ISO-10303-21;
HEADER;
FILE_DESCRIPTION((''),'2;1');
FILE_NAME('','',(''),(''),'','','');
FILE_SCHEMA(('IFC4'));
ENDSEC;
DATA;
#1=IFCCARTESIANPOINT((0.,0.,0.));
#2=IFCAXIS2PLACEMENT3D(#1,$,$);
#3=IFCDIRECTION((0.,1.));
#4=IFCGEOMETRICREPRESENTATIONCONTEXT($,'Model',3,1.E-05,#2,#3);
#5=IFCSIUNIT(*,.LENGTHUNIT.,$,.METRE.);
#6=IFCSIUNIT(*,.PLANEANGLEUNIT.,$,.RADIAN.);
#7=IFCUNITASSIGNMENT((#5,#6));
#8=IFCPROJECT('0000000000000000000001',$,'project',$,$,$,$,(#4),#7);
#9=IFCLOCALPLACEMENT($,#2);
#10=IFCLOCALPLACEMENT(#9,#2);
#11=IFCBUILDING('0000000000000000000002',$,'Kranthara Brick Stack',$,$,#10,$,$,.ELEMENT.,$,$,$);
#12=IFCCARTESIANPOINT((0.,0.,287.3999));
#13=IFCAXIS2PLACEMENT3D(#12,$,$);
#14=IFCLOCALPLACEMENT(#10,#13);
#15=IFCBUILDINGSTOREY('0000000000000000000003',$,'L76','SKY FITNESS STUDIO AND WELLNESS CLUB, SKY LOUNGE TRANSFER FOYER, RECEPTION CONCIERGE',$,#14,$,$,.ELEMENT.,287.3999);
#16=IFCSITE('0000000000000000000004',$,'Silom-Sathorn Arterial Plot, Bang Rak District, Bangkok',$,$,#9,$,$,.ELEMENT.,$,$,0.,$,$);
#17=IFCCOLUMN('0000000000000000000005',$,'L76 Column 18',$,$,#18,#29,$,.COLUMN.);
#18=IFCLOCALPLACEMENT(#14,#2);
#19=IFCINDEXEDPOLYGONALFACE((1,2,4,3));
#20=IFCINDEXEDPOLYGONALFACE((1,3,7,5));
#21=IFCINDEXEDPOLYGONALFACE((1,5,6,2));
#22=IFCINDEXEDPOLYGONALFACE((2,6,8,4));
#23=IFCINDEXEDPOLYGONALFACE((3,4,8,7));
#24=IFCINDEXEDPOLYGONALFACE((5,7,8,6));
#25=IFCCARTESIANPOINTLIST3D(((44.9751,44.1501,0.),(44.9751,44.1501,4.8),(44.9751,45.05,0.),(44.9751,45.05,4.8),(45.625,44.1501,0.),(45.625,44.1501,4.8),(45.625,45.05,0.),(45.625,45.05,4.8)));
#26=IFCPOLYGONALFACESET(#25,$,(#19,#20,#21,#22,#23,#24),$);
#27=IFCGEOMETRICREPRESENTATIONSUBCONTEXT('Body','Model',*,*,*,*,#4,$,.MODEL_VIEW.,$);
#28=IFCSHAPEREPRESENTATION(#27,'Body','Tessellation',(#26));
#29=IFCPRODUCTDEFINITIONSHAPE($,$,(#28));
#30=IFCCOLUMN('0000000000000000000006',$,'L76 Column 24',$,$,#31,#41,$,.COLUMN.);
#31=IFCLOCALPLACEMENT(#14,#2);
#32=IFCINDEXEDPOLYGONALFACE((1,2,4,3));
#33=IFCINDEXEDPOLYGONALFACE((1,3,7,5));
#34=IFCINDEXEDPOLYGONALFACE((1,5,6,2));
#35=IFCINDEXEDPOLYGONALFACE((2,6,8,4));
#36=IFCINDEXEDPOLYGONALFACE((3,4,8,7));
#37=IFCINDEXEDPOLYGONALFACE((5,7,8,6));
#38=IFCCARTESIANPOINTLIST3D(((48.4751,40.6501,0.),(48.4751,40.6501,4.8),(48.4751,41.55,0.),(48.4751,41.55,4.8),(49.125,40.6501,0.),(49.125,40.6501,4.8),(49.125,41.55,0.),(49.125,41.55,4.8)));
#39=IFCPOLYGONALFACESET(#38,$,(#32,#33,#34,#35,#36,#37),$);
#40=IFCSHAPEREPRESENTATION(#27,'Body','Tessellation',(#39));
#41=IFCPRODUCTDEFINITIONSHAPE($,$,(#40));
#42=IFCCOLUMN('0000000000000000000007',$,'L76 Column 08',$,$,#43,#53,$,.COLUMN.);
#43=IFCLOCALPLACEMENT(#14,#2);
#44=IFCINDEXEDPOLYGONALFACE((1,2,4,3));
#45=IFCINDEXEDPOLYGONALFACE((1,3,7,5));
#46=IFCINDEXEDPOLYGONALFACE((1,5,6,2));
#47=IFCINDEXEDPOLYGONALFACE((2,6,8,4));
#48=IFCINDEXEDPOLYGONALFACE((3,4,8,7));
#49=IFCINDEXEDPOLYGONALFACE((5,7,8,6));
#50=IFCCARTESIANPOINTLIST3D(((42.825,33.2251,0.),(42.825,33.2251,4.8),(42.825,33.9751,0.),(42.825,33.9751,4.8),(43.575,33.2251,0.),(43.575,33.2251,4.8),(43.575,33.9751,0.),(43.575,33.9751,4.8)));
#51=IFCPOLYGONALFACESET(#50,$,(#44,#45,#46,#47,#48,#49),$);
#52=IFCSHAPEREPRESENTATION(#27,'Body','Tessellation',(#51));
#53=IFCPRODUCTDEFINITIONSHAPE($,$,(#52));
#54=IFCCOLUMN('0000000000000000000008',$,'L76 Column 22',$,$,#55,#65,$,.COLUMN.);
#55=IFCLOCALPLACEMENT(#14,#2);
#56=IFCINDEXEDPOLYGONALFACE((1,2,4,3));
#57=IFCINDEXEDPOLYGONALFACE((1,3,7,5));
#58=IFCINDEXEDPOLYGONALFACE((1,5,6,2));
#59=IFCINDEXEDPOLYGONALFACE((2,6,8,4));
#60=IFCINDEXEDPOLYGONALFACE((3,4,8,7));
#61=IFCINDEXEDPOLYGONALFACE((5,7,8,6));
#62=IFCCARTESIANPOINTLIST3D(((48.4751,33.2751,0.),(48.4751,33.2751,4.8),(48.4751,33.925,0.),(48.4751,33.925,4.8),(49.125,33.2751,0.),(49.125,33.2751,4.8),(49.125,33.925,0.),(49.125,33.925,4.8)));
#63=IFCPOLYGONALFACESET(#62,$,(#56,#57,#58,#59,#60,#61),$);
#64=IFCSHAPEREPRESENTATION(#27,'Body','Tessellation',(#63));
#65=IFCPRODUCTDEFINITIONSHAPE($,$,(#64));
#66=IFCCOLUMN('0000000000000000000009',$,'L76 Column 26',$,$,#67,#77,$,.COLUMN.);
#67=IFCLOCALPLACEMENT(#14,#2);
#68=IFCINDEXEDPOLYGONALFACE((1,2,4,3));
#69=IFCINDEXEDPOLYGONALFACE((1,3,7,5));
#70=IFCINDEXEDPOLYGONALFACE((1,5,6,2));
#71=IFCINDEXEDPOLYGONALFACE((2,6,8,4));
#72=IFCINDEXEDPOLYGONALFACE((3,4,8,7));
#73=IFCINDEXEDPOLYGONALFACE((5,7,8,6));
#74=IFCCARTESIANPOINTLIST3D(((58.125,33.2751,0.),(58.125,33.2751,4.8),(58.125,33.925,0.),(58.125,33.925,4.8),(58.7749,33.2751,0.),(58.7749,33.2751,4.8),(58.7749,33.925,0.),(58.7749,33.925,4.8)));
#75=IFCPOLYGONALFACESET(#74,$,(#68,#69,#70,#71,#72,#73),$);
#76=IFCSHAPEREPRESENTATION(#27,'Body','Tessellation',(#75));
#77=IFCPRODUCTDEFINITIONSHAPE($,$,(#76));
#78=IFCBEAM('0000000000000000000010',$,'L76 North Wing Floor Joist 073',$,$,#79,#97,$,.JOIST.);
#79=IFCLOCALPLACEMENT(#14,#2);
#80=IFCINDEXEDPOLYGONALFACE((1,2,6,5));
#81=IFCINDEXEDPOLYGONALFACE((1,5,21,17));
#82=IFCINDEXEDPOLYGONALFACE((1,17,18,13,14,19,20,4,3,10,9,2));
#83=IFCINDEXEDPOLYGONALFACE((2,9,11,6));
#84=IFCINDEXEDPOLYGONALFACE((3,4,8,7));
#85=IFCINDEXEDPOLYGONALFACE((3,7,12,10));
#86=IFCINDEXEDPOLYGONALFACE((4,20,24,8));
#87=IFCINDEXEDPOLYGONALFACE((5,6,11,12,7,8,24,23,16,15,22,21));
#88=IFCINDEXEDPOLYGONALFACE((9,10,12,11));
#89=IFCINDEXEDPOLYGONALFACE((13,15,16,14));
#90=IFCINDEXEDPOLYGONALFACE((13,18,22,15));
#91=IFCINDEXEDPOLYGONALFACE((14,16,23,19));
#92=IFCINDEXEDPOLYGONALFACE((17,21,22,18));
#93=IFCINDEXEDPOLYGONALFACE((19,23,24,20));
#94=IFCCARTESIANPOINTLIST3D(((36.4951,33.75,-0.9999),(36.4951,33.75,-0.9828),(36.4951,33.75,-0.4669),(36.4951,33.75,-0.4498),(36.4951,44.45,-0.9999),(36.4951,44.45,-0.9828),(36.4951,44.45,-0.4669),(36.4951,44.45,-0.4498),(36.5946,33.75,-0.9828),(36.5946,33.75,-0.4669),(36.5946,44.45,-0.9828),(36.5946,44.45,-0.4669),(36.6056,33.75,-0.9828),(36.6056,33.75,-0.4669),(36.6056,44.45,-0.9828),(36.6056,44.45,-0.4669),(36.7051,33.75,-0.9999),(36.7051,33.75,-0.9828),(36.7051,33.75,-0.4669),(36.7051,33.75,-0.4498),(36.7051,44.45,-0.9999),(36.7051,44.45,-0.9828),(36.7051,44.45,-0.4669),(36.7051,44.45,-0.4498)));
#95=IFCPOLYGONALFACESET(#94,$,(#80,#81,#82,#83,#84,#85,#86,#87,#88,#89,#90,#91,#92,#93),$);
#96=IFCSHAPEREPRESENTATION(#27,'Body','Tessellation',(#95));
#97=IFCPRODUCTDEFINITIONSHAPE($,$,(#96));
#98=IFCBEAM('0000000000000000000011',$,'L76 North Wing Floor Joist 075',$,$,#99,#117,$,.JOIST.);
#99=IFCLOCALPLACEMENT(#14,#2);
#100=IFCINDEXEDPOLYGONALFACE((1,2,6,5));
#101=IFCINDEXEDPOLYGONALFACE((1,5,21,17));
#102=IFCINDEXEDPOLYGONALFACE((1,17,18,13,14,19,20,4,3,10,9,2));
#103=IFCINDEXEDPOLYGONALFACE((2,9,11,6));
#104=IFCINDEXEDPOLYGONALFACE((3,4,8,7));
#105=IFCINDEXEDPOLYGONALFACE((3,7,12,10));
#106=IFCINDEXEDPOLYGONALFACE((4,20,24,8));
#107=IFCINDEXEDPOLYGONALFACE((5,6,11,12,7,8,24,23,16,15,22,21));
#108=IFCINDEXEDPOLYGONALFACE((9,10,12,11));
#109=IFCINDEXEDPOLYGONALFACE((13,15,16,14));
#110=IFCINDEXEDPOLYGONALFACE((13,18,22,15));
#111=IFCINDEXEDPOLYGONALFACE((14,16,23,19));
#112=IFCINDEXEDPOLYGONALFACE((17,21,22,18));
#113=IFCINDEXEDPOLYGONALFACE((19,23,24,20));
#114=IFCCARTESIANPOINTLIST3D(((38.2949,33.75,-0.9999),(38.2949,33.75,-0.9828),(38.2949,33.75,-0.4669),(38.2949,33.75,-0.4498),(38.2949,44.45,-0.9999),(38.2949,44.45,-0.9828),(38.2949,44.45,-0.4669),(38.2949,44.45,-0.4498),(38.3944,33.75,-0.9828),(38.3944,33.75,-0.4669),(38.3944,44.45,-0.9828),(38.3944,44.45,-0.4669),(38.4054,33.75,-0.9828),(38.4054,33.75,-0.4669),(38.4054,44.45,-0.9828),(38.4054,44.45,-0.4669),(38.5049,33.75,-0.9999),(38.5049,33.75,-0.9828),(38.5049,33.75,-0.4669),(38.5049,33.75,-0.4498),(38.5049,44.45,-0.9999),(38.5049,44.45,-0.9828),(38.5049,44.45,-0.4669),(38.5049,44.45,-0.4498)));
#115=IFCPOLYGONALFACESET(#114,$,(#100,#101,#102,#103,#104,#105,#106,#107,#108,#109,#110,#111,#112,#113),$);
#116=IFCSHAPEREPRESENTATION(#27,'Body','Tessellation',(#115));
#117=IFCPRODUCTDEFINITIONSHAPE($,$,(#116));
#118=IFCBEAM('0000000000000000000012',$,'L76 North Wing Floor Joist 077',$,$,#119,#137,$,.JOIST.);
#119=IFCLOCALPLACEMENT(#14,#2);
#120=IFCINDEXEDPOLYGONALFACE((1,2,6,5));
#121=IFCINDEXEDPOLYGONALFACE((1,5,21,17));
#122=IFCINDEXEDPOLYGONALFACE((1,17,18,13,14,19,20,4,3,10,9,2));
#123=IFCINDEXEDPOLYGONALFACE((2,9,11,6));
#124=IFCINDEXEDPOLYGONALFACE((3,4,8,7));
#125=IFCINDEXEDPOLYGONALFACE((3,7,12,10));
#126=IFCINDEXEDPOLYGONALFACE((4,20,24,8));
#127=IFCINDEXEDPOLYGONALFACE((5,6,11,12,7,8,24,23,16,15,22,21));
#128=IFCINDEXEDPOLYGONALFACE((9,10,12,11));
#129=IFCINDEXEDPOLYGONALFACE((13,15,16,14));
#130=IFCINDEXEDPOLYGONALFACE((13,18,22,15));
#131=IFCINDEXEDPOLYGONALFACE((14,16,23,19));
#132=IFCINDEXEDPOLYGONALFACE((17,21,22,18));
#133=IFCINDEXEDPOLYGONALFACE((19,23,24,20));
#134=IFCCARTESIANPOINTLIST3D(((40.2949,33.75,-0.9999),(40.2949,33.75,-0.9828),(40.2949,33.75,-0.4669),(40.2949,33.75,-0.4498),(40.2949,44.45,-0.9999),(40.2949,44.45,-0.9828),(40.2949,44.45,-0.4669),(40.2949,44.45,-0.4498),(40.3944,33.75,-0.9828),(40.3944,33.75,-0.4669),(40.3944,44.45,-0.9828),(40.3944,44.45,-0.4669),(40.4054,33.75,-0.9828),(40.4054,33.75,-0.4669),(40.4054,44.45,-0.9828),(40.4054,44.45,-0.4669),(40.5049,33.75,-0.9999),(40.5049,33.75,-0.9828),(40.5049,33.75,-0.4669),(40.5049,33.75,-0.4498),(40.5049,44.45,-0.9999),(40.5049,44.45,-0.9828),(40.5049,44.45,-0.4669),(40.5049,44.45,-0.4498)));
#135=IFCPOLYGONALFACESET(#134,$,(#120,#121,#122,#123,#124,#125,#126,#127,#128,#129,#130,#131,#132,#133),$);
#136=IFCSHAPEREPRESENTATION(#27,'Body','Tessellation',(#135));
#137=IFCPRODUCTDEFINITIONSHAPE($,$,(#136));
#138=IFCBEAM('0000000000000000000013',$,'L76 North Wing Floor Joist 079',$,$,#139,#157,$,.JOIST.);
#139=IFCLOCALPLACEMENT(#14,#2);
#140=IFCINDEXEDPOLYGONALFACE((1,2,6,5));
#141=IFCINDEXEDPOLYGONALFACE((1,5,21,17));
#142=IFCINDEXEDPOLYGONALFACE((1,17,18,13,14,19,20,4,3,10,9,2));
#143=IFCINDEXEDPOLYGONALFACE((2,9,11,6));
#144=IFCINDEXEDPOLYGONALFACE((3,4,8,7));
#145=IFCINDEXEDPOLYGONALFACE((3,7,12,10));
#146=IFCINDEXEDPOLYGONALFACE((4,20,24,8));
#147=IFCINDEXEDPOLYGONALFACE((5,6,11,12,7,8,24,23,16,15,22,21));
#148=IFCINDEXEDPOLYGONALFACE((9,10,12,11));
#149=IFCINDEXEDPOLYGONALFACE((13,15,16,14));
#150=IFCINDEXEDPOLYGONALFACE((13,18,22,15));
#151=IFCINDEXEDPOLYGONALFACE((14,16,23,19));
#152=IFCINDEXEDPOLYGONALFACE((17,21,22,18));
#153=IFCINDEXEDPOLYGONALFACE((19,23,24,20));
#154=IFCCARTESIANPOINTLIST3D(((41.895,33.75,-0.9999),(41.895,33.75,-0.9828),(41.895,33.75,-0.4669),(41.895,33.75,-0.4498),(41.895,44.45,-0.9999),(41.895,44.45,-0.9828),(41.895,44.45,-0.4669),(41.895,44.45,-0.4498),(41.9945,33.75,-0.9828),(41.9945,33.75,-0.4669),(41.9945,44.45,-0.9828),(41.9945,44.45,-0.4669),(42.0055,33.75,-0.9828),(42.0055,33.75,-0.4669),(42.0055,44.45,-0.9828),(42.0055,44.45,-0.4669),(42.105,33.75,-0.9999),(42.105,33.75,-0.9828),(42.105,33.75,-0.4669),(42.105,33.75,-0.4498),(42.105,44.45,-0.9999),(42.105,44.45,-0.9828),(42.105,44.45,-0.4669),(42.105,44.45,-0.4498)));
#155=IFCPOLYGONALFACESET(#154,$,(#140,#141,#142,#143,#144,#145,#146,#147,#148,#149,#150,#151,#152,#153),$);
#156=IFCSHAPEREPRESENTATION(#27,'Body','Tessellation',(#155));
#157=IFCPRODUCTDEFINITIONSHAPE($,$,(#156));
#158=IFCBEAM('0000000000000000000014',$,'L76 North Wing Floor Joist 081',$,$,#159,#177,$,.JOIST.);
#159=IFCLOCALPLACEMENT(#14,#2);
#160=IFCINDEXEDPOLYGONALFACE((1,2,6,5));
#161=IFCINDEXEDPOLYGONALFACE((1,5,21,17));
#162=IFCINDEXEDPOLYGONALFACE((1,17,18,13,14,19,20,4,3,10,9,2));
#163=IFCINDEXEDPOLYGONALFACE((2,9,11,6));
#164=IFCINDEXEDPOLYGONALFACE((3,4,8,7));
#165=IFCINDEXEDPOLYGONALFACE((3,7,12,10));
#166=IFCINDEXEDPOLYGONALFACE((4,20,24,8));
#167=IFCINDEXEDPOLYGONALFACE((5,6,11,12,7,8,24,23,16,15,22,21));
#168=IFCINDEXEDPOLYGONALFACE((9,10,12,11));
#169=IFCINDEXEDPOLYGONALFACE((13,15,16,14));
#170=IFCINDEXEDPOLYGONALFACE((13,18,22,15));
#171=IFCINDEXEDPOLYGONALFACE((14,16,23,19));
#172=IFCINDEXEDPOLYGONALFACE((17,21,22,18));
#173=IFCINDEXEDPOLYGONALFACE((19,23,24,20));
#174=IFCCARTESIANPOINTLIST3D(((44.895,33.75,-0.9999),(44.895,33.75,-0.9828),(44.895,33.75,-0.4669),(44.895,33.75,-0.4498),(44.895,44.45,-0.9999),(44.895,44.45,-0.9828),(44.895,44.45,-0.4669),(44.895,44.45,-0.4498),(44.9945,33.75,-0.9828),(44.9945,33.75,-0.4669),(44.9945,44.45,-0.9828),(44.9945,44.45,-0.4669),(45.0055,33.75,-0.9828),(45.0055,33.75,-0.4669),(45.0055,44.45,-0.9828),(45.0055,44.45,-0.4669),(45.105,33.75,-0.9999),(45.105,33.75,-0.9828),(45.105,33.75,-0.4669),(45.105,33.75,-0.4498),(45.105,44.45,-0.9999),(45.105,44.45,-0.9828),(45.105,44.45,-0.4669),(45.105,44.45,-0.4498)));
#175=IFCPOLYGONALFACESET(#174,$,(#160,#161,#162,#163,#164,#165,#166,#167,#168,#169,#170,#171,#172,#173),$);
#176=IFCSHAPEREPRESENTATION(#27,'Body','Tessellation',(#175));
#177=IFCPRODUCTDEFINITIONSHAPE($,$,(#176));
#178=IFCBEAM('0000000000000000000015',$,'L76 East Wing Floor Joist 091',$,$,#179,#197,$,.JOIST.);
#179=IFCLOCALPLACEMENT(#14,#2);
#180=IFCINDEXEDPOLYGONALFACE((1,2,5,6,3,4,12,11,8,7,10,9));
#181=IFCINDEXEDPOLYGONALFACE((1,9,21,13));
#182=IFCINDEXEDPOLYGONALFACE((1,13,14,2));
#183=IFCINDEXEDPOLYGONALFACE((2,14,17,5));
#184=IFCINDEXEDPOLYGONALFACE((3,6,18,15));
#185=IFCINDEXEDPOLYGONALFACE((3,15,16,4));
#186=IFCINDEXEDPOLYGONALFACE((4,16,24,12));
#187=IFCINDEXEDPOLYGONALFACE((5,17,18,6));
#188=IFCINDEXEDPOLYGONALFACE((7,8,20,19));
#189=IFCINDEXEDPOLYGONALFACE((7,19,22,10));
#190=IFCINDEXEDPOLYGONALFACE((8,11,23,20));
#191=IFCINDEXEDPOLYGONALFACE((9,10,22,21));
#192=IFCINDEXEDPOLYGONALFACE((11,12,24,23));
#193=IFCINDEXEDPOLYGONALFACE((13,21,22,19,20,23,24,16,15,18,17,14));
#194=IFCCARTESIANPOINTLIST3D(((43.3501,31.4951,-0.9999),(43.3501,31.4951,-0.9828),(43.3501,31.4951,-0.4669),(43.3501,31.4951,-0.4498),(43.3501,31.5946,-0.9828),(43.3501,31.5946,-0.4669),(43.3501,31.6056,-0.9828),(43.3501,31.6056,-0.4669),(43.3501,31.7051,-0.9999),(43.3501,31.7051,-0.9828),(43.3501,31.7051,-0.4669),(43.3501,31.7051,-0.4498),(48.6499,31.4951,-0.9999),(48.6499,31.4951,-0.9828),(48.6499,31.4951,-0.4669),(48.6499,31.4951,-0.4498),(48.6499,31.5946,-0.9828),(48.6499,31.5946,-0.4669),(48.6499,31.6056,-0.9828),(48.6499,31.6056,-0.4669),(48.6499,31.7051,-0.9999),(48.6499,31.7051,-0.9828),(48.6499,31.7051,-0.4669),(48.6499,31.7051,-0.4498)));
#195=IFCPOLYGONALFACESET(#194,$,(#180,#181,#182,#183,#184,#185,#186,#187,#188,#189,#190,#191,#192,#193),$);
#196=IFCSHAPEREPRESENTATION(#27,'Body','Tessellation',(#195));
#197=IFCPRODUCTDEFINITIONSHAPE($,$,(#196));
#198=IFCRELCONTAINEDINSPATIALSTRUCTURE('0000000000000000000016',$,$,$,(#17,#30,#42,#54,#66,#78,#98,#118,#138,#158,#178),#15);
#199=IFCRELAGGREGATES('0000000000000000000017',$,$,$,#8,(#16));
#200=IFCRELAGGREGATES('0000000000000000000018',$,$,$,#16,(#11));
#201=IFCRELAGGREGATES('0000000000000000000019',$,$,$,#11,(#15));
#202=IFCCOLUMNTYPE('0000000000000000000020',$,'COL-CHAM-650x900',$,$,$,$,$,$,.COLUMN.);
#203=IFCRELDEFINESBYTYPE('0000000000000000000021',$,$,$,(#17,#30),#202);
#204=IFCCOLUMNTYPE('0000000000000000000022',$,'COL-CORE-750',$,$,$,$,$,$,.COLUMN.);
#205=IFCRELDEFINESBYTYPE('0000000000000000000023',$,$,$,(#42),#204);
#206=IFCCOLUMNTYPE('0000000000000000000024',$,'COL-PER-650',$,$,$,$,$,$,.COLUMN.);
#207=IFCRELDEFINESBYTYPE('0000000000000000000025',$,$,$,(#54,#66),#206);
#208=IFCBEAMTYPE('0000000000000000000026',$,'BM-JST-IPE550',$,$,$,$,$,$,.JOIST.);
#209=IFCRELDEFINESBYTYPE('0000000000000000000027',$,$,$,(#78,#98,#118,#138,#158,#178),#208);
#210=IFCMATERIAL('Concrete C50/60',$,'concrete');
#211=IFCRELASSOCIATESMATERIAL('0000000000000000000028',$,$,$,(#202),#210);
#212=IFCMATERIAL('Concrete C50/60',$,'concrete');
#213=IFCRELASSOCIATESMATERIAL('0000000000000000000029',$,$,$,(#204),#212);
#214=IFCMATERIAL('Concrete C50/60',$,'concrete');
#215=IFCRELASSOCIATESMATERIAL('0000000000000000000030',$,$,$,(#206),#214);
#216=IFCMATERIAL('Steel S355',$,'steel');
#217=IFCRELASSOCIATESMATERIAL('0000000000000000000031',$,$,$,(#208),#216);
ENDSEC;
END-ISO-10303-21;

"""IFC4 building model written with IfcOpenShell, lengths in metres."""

from ifc_helpers import new_model, si_unit, direction, frame, origin, origin_2d, place, context, subcontext, project, spatial, rectangle, i_section, extrude, material, material_profile, profile_set, type_object, element, save


model = new_model("IFC4")

# Units and contexts
model_context = context("Model", 3, precision=1e-05, world=origin(), true_north=direction((0.0, 1.0)))
body_context = subcontext(model_context, "Body", "Model", "MODEL_VIEW")
ifc_project = project(units=[si_unit("LENGTHUNIT", "METRE"), si_unit("PLANEANGLEUNIT", "RADIAN")], contexts=[model_context])

# Site, building, storey
site_placement = place(None, origin())
site = spatial("IfcSite", under=ifc_project, at=site_placement, Name="Silom-Sathorn Arterial Plot, Bang Rak District, Bangkok", CompositionType="ELEMENT", RefElevation=0.0)
building_placement = place(site_placement, origin())
building = spatial("IfcBuilding", under=site, at=building_placement, Name="Kranthara Brick Stack", CompositionType="ELEMENT")
storey_placement = place(building_placement, frame((0.0, 0.0, 287.3999)))
storey = spatial("IfcBuildingStorey", under=building, at=storey_placement, Name="L76", Description="SKY FITNESS STUDIO AND WELLNESS CLUB, SKY LOUNGE TRANSFER FOYER, RECEPTION CONCIERGE", CompositionType="ELEMENT", Elevation=287.3999)

# Columns
ifc_material_1 = material(Name="Concrete C50/60", Category="concrete")
ifc_material_profile_1 = material_profile(ifc_material_1, rectangle(XDim=0.6499, YDim=0.8999, at=origin_2d()), Name="RC 650x900")
ifc_profile_set_1 = profile_set([ifc_material_profile_1], Name="Concrete C50/60")
column_type_1 = type_object("IfcColumnType", Name="COL-CHAM-650x900", PredefinedType="COLUMN", material=ifc_profile_set_1)
for number, where, z_axis, x_axis, name in (
    (1, (45.3, 44.6001, 0.0), (0.0, 0.0, 1.0), (1.0, 0.0, 0.0), "L76 Column 18"),
    (2, (48.8, 41.1001, 0.0), (0.0, 0.0, 1.0), (1.0, 0.0, 0.0), "L76 Column 24"),
):
    element("IfcColumn", number, at=place(storey_placement, frame(where, z_axis=z_axis, x_axis=x_axis)), inside=storey, type_object=column_type_1, Name=name, PredefinedType="COLUMN", context=body_context, shape_type="SweptSolid", body=[
        extrude(rectangle(XDim=0.6499, YDim=0.8999, at=origin_2d()), origin(), (0.0, 0.0, 1.0), 4.8),
    ])
ifc_material_2 = material(Name="Concrete C50/60", Category="concrete")
ifc_material_profile_2 = material_profile(ifc_material_2, rectangle(XDim=0.75, YDim=0.75, at=origin_2d()), Name="RC 750x750")
ifc_profile_set_2 = profile_set([ifc_material_profile_2], Name="Concrete C50/60")
column_type_2 = type_object("IfcColumnType", Name="COL-CORE-750", PredefinedType="COLUMN", material=ifc_profile_set_2)
column_placement = place(storey_placement, frame((43.2, 33.6001, 0.0), z_axis=(0.0, 0.0, 1.0), x_axis=(1.0, 0.0, 0.0)))
element("IfcColumn", 3, at=column_placement, inside=storey, type_object=column_type_2, Name="L76 Column 08", PredefinedType="COLUMN", context=body_context, shape_type="SweptSolid", body=[
    extrude(rectangle(XDim=0.75, YDim=0.75, at=origin_2d()), origin(), (0.0, 0.0, 1.0), 4.8),
])
ifc_material_3 = material(Name="Concrete C50/60", Category="concrete")
ifc_material_profile_3 = material_profile(ifc_material_3, rectangle(XDim=0.6499, YDim=0.6499, at=origin_2d()), Name="RC 650x650")
ifc_profile_set_3 = profile_set([ifc_material_profile_3], Name="Concrete C50/60")
column_type_3 = type_object("IfcColumnType", Name="COL-PER-650", PredefinedType="COLUMN", material=ifc_profile_set_3)
for number, where, z_axis, x_axis, name in (
    (4, (48.8, 33.6001, 0.0), (0.0, 0.0, 1.0), (1.0, 0.0, 0.0), "L76 Column 22"),
    (5, (58.45, 33.6001, 0.0), (0.0, 0.0, 1.0), (1.0, 0.0, 0.0), "L76 Column 26"),
):
    element("IfcColumn", number, at=place(storey_placement, frame(where, z_axis=z_axis, x_axis=x_axis)), inside=storey, type_object=column_type_3, Name=name, PredefinedType="COLUMN", context=body_context, shape_type="SweptSolid", body=[
        extrude(rectangle(XDim=0.6499, YDim=0.6499, at=origin_2d()), origin(), (0.0, 0.0, 1.0), 4.8),
    ])

# Beams
ifc_material_4 = material(Name="Steel S355", Category="steel")
ifc_material_profile_4 = material_profile(ifc_material_4, i_section(OverallWidth=0.21, OverallDepth=0.55, WebThickness=0.011, FlangeThickness=0.0171, at=origin_2d()), Name="IPE 550")
ifc_profile_set_4 = profile_set([ifc_material_profile_4], Name="Steel S355")
beam_type_1 = type_object("IfcBeamType", Name="BM-JST-IPE550", PredefinedType="JOIST", material=ifc_profile_set_4)
for number, where, z_axis, x_axis, name in (
    (6, (36.6001, 33.75, -0.7249), (0.0, 1.0, 0.0), (-1.0, 0.0, 0.0), "L76 North Wing Floor Joist 073"),
    (7, (38.3999, 33.75, -0.7249), (0.0, 1.0, 0.0), (-1.0, 0.0, 0.0), "L76 North Wing Floor Joist 075"),
    (8, (40.3999, 33.75, -0.7249), (0.0, 1.0, 0.0), (-1.0, 0.0, 0.0), "L76 North Wing Floor Joist 077"),
    (9, (42.0, 33.75, -0.7249), (0.0, 1.0, 0.0), (-1.0, 0.0, 0.0), "L76 North Wing Floor Joist 079"),
    (10, (45.0, 33.75, -0.7249), (0.0, 1.0, 0.0), (-1.0, 0.0, 0.0), "L76 North Wing Floor Joist 081"),
):
    element("IfcBeam", number, at=place(storey_placement, frame(where, z_axis=z_axis, x_axis=x_axis)), inside=storey, type_object=beam_type_1, Name=name, PredefinedType="JOIST", context=body_context, shape_type="SweptSolid", body=[
        extrude(i_section(OverallWidth=0.21, OverallDepth=0.55, WebThickness=0.011, FlangeThickness=0.0171, at=origin_2d()), origin(), (0.0, 0.0, 1.0), 10.7),
    ])
beam_1_placement = place(storey_placement, frame((43.3501, 31.6001, -0.7249), z_axis=(1.0, 0.0, 0.0), x_axis=(0.0, 1.0, 0.0)))
element("IfcBeam", 11, at=beam_1_placement, inside=storey, type_object=beam_type_1, Name="L76 East Wing Floor Joist 091", PredefinedType="JOIST", context=body_context, shape_type="SweptSolid", body=[
    extrude(i_section(OverallWidth=0.21, OverallDepth=0.55, WebThickness=0.011, FlangeThickness=0.0171, at=origin_2d()), origin(), (0.0, 0.0, 1.0), 5.2998),
])

save(model, "model.ifc")
